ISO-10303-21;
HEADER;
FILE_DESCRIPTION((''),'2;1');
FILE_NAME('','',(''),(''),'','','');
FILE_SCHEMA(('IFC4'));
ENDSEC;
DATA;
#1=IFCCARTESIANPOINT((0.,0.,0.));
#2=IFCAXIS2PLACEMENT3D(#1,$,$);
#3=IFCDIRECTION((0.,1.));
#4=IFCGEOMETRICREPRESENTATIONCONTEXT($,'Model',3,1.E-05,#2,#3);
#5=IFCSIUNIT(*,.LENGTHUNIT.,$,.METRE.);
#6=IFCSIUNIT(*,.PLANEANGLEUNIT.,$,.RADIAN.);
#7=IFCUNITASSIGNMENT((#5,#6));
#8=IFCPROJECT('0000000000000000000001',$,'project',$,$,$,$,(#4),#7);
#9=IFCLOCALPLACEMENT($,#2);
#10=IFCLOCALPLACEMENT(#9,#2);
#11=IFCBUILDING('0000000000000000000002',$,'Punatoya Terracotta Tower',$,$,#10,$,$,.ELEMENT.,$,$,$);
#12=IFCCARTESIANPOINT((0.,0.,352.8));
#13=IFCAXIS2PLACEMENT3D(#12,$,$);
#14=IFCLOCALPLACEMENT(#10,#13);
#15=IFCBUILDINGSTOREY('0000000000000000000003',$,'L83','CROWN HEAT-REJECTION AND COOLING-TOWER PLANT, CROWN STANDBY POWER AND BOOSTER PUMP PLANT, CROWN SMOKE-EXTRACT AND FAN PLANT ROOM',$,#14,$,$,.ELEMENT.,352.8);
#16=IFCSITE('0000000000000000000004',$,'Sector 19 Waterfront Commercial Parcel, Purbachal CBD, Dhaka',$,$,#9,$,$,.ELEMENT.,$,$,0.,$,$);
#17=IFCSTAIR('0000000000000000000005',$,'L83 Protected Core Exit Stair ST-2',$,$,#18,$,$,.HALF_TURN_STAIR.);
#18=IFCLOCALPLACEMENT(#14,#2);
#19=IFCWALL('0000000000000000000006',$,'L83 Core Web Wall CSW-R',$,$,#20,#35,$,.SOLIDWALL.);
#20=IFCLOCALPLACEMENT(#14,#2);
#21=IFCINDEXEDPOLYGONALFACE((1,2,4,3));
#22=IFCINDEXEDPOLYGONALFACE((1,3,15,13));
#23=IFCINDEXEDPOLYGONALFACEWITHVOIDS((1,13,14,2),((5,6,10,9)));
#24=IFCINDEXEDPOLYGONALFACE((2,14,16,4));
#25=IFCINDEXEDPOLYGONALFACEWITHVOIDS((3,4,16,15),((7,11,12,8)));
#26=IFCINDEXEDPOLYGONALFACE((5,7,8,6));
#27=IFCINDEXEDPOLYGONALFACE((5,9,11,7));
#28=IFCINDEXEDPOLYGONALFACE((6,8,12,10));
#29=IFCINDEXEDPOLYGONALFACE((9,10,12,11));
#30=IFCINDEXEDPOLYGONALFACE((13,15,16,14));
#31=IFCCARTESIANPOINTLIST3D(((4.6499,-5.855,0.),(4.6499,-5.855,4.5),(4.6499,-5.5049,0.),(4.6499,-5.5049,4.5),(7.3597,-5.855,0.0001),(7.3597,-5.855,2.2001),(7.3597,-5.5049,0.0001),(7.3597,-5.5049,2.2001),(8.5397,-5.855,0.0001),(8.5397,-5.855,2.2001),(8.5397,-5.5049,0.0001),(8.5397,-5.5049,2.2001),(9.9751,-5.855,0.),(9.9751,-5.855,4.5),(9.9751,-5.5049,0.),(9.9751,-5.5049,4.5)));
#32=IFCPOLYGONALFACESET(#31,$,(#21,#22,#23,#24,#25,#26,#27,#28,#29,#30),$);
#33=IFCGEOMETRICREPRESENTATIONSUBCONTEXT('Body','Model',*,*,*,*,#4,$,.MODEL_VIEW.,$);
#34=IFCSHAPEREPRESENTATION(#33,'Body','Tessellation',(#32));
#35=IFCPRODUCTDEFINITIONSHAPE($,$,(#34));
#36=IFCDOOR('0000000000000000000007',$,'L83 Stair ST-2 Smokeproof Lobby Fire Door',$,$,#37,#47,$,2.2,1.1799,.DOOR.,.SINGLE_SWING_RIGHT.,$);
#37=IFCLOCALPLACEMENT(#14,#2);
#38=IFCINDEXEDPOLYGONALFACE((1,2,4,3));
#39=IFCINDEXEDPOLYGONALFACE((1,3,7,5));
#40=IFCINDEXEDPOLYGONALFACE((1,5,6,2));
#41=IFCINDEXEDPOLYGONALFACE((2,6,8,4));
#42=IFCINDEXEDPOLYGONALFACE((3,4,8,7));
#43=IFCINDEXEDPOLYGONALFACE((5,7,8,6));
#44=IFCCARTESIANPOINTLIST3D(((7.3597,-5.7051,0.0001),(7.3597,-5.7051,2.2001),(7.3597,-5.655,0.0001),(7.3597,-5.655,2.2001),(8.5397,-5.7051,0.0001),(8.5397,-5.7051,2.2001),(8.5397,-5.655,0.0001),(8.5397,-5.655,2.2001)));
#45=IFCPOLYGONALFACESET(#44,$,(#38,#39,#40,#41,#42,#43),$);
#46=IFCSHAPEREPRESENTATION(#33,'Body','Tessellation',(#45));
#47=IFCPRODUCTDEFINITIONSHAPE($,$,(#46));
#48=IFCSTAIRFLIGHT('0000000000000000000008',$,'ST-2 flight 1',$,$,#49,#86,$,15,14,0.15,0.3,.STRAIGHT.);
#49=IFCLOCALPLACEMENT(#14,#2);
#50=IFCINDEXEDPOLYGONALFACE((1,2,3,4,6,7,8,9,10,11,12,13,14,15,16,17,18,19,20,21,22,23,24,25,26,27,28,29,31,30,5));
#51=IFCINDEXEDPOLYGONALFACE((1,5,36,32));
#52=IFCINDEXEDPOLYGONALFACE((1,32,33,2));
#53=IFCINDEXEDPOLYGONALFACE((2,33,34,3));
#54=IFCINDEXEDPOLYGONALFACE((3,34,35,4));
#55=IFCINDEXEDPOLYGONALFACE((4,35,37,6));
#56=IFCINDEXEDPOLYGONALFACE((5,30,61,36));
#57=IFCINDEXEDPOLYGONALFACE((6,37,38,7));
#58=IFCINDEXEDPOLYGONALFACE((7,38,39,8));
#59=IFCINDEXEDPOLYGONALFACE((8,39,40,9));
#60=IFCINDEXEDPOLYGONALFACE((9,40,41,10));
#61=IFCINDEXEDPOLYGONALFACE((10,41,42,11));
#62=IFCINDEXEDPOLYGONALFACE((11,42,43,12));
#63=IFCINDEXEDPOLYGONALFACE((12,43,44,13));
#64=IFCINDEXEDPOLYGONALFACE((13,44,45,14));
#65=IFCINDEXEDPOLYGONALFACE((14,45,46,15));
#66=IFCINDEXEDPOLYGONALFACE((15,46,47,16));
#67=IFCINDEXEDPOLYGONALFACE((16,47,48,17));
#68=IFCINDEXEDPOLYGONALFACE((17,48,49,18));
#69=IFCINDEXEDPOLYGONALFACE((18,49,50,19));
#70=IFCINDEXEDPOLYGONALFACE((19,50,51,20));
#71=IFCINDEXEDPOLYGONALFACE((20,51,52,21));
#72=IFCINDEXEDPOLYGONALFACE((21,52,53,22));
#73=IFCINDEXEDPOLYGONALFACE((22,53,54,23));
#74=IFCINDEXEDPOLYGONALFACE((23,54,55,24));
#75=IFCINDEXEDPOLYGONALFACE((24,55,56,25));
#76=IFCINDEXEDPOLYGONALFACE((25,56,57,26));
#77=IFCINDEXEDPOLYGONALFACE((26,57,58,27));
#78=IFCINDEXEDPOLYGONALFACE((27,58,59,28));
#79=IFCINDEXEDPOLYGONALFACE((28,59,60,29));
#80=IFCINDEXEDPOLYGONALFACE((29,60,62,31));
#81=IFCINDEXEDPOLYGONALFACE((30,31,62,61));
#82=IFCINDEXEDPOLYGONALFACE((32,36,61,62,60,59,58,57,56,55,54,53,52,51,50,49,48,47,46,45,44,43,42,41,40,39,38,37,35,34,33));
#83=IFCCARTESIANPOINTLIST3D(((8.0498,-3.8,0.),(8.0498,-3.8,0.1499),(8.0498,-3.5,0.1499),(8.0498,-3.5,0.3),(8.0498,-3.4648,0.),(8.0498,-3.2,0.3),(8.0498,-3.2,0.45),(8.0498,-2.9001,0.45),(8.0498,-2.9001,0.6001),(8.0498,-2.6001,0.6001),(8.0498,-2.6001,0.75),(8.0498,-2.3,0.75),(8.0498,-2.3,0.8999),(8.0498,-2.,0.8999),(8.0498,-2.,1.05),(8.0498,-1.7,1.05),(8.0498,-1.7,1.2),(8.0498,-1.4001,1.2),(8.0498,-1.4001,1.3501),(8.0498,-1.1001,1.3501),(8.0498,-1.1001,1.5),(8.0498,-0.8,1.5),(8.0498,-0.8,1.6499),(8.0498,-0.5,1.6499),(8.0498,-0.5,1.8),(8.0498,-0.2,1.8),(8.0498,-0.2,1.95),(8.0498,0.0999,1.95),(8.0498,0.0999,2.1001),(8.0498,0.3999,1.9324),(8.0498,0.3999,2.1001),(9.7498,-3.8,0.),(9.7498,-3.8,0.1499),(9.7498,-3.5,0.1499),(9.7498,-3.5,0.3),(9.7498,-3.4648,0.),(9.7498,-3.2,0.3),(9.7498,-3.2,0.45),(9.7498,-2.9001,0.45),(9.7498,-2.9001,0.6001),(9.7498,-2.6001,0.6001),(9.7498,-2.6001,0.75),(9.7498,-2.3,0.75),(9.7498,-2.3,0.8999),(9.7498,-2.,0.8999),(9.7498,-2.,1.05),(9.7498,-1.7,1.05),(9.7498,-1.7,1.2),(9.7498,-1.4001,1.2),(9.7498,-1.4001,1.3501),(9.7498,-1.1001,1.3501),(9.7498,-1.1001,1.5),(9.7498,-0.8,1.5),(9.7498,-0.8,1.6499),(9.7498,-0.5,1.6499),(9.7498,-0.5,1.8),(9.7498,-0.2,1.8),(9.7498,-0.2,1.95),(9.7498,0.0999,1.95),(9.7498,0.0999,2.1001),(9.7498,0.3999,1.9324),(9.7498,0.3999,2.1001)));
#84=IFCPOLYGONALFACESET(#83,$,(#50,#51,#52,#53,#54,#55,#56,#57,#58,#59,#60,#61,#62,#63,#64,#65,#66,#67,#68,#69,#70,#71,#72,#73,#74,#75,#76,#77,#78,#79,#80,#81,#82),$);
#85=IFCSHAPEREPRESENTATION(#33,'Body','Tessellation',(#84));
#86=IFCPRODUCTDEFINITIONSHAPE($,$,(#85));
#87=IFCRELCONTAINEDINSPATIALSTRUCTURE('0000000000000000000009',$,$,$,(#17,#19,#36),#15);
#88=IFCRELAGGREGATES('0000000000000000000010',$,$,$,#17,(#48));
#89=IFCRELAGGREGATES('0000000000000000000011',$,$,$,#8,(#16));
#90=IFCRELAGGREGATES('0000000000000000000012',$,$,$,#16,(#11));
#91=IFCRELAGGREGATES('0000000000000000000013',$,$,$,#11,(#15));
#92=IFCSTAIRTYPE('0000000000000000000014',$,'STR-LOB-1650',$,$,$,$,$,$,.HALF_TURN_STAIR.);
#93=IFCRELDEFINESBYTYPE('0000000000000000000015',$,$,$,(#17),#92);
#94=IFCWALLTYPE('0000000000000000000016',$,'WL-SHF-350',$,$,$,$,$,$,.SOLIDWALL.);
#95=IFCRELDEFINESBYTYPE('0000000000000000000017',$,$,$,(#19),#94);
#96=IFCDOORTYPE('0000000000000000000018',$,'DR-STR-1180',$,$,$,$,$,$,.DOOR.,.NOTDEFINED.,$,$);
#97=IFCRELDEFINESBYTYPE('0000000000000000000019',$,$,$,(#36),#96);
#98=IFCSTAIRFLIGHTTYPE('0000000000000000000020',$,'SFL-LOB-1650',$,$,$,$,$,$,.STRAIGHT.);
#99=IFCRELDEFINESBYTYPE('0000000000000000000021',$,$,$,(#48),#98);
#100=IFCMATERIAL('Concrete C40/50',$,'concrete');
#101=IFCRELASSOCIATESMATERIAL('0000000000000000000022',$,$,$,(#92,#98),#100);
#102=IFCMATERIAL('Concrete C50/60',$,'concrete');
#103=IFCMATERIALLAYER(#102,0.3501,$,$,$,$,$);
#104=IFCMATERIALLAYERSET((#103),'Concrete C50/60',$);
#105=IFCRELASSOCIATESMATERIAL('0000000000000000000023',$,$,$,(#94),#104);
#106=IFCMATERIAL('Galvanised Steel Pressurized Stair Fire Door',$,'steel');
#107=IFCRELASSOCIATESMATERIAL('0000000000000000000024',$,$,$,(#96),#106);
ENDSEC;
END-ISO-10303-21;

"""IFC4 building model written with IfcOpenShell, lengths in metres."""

from ifc_helpers import new_model, si_unit, direction, frame, frame_2d, origin, place, context, subcontext, project, spatial, polyline, rectangle, outline, extrude, material, layer, layer_set, type_object, element, fill, aggregate, save


model = new_model("IFC4")

# Units and contexts
model_context = context("Model", 3, precision=1e-05, world=origin(), true_north=direction((0.0, 1.0)))
body_context = subcontext(model_context, "Body", "Model", "MODEL_VIEW")
ifc_project = project(units=[si_unit("LENGTHUNIT", "METRE"), si_unit("PLANEANGLEUNIT", "RADIAN")], contexts=[model_context])

# Site, building, storey
site_placement = place(None, origin())
site = spatial("IfcSite", under=ifc_project, at=site_placement, Name="Sector 19 Waterfront Commercial Parcel, Purbachal CBD, Dhaka", CompositionType="ELEMENT", RefElevation=0.0)
building_placement = place(site_placement, origin())
building = spatial("IfcBuilding", under=site, at=building_placement, Name="Punatoya Terracotta Tower", CompositionType="ELEMENT")
storey_placement = place(building_placement, frame((0.0, 0.0, 352.8)))
storey = spatial("IfcBuildingStorey", under=building, at=storey_placement, Name="L83", Description="CROWN HEAT-REJECTION AND COOLING-TOWER PLANT, CROWN STANDBY POWER AND BOOSTER PUMP PLANT, CROWN SMOKE-EXTRACT AND FAN PLANT ROOM", CompositionType="ELEMENT", Elevation=352.8)

# Stair
ifc_material_1 = material(Name="Concrete C40/50", Category="concrete")
stair_type_1 = type_object("IfcStairType", Name="STR-LOB-1650", PredefinedType="HALF_TURN_STAIR", material=ifc_material_1)
stair_1_placement = place(storey_placement, origin())
stair_1 = element("IfcStair", 1, at=stair_1_placement, inside=storey, type_object=stair_type_1, Name="L83 Protected Core Exit Stair ST-2", PredefinedType="HALF_TURN_STAIR")

# Wall, opening, door
ifc_material_2 = material(Name="Concrete C50/60", Category="concrete")
ifc_layer_1 = layer(ifc_material_2, 0.3501)
ifc_layer_set_1 = layer_set([ifc_layer_1], Name="Concrete C50/60")
wall_type_1 = type_object("IfcWallType", Name="WL-SHF-350", PredefinedType="SOLIDWALL", material=ifc_layer_set_1)
wall_1_placement = place(storey_placement, frame((4.6499, -5.6799, 0.0), z_axis=(0.0, 0.0, 1.0), x_axis=(1.0, 0.0, 0.0)))
wall_1 = element("IfcWall", 2, at=wall_1_placement, inside=storey, type_object=wall_type_1, Name="L83 Core Web Wall CSW-R", PredefinedType="SOLIDWALL", context=body_context, shape_type="SweptSolid", body=[
    extrude(rectangle(XDim=5.3252, YDim=0.3501, at=frame_2d((2.6626, 0.0))), origin(), (0.0, 0.0, 1.0), 4.5),
])
opening_1_placement = place(wall_1_placement, frame((2.71, 0.0, 0.0)))
opening_1 = element("IfcOpeningElement", 3, at=opening_1_placement, cuts=wall_1, PredefinedType="OPENING", context=body_context, shape_type="SweptSolid", body=[
    extrude(rectangle(XDim=1.1799, YDim=2.2, at=frame_2d((0.5898, 1.1001))), frame((0.0, 0.1851, 0.0), z_axis=(0.0, -1.0, 0.0), x_axis=(1.0, 0.0, 0.0)), (0.0, 0.0, 1.0), 0.3701),
])
ifc_material_3 = material(Name="Galvanised Steel Pressurized Stair Fire Door", Category="steel")
door_type_1 = type_object("IfcDoorType", Name="DR-STR-1180", OperationType="NOTDEFINED", PredefinedType="DOOR", material=ifc_material_3)
door_1_placement = place(opening_1_placement, origin())
door_1 = element("IfcDoor", 4, at=door_1_placement, inside=storey, type_object=door_type_1, Name="L83 Stair ST-2 Smokeproof Lobby Fire Door", OperationType="SINGLE_SWING_RIGHT", OverallHeight=2.2, OverallWidth=1.1799, PredefinedType="DOOR", context=body_context, shape_type="SweptSolid", body=[
    extrude(rectangle(XDim=1.1799, YDim=2.2, at=frame_2d((0.5898, 1.1001))), frame((0.0, 0.0249, 0.0), z_axis=(0.0, -1.0, 0.0), x_axis=(1.0, 0.0, 0.0)), (0.0, 0.0, 1.0), 0.05),
])
fill(opening_1, door_1)

# Stair flight
stair_flight_type = type_object("IfcStairFlightType", Name="SFL-LOB-1650", PredefinedType="STRAIGHT", material=ifc_material_1)
stair_flight_placement = place(storey_placement, frame((8.8999, -3.8, 0.0), z_axis=(0.0, 0.0, 1.0), x_axis=(0.0, 1.0, 0.0)))
stair_flight = element("IfcStairFlight", 5, at=stair_flight_placement, type_object=stair_flight_type, Name="ST-2 flight 1", NumberOfRisers=15, NumberOfTreads=14, PredefinedType="STRAIGHT", RiserHeight=0.15, TreadLength=0.3, context=body_context, shape_type="SweptSolid", body=[
    extrude(outline(polyline([(0.0, 0.0), (0.0, 0.1499), (0.3, 0.1499), (0.3, 0.3), (0.6001, 0.3), (0.6001, 0.45), (0.8999, 0.45), (0.8999, 0.6001), (1.2, 0.6001), (1.2, 0.75), (1.5, 0.75), (1.5, 0.8999), (1.8, 0.8999), (1.8, 1.05), (2.1001, 1.05), (2.1001, 1.2), (2.3999, 1.2), (2.3999, 1.3501), (2.7, 1.3501), (2.7, 1.5), (3.0, 1.5), (3.0, 1.6499), (3.3, 1.6499), (3.3, 1.8), (3.6001, 1.8), (3.6001, 1.95), (3.8999, 1.95), (3.8999, 2.1001), (4.2, 2.1001), (4.2, 2.25), (4.2, 1.9324), (0.3352, 0.0), (0.0, 0.0)])), frame((0.0, 0.8501, 0.0), z_axis=(0.0, -1.0, 0.0), x_axis=(1.0, 0.0, 0.0)), (0.0, 0.0, 1.0), 1.7),
])
aggregate(stair_1, [stair_flight])

save(model, "model.ifc")
